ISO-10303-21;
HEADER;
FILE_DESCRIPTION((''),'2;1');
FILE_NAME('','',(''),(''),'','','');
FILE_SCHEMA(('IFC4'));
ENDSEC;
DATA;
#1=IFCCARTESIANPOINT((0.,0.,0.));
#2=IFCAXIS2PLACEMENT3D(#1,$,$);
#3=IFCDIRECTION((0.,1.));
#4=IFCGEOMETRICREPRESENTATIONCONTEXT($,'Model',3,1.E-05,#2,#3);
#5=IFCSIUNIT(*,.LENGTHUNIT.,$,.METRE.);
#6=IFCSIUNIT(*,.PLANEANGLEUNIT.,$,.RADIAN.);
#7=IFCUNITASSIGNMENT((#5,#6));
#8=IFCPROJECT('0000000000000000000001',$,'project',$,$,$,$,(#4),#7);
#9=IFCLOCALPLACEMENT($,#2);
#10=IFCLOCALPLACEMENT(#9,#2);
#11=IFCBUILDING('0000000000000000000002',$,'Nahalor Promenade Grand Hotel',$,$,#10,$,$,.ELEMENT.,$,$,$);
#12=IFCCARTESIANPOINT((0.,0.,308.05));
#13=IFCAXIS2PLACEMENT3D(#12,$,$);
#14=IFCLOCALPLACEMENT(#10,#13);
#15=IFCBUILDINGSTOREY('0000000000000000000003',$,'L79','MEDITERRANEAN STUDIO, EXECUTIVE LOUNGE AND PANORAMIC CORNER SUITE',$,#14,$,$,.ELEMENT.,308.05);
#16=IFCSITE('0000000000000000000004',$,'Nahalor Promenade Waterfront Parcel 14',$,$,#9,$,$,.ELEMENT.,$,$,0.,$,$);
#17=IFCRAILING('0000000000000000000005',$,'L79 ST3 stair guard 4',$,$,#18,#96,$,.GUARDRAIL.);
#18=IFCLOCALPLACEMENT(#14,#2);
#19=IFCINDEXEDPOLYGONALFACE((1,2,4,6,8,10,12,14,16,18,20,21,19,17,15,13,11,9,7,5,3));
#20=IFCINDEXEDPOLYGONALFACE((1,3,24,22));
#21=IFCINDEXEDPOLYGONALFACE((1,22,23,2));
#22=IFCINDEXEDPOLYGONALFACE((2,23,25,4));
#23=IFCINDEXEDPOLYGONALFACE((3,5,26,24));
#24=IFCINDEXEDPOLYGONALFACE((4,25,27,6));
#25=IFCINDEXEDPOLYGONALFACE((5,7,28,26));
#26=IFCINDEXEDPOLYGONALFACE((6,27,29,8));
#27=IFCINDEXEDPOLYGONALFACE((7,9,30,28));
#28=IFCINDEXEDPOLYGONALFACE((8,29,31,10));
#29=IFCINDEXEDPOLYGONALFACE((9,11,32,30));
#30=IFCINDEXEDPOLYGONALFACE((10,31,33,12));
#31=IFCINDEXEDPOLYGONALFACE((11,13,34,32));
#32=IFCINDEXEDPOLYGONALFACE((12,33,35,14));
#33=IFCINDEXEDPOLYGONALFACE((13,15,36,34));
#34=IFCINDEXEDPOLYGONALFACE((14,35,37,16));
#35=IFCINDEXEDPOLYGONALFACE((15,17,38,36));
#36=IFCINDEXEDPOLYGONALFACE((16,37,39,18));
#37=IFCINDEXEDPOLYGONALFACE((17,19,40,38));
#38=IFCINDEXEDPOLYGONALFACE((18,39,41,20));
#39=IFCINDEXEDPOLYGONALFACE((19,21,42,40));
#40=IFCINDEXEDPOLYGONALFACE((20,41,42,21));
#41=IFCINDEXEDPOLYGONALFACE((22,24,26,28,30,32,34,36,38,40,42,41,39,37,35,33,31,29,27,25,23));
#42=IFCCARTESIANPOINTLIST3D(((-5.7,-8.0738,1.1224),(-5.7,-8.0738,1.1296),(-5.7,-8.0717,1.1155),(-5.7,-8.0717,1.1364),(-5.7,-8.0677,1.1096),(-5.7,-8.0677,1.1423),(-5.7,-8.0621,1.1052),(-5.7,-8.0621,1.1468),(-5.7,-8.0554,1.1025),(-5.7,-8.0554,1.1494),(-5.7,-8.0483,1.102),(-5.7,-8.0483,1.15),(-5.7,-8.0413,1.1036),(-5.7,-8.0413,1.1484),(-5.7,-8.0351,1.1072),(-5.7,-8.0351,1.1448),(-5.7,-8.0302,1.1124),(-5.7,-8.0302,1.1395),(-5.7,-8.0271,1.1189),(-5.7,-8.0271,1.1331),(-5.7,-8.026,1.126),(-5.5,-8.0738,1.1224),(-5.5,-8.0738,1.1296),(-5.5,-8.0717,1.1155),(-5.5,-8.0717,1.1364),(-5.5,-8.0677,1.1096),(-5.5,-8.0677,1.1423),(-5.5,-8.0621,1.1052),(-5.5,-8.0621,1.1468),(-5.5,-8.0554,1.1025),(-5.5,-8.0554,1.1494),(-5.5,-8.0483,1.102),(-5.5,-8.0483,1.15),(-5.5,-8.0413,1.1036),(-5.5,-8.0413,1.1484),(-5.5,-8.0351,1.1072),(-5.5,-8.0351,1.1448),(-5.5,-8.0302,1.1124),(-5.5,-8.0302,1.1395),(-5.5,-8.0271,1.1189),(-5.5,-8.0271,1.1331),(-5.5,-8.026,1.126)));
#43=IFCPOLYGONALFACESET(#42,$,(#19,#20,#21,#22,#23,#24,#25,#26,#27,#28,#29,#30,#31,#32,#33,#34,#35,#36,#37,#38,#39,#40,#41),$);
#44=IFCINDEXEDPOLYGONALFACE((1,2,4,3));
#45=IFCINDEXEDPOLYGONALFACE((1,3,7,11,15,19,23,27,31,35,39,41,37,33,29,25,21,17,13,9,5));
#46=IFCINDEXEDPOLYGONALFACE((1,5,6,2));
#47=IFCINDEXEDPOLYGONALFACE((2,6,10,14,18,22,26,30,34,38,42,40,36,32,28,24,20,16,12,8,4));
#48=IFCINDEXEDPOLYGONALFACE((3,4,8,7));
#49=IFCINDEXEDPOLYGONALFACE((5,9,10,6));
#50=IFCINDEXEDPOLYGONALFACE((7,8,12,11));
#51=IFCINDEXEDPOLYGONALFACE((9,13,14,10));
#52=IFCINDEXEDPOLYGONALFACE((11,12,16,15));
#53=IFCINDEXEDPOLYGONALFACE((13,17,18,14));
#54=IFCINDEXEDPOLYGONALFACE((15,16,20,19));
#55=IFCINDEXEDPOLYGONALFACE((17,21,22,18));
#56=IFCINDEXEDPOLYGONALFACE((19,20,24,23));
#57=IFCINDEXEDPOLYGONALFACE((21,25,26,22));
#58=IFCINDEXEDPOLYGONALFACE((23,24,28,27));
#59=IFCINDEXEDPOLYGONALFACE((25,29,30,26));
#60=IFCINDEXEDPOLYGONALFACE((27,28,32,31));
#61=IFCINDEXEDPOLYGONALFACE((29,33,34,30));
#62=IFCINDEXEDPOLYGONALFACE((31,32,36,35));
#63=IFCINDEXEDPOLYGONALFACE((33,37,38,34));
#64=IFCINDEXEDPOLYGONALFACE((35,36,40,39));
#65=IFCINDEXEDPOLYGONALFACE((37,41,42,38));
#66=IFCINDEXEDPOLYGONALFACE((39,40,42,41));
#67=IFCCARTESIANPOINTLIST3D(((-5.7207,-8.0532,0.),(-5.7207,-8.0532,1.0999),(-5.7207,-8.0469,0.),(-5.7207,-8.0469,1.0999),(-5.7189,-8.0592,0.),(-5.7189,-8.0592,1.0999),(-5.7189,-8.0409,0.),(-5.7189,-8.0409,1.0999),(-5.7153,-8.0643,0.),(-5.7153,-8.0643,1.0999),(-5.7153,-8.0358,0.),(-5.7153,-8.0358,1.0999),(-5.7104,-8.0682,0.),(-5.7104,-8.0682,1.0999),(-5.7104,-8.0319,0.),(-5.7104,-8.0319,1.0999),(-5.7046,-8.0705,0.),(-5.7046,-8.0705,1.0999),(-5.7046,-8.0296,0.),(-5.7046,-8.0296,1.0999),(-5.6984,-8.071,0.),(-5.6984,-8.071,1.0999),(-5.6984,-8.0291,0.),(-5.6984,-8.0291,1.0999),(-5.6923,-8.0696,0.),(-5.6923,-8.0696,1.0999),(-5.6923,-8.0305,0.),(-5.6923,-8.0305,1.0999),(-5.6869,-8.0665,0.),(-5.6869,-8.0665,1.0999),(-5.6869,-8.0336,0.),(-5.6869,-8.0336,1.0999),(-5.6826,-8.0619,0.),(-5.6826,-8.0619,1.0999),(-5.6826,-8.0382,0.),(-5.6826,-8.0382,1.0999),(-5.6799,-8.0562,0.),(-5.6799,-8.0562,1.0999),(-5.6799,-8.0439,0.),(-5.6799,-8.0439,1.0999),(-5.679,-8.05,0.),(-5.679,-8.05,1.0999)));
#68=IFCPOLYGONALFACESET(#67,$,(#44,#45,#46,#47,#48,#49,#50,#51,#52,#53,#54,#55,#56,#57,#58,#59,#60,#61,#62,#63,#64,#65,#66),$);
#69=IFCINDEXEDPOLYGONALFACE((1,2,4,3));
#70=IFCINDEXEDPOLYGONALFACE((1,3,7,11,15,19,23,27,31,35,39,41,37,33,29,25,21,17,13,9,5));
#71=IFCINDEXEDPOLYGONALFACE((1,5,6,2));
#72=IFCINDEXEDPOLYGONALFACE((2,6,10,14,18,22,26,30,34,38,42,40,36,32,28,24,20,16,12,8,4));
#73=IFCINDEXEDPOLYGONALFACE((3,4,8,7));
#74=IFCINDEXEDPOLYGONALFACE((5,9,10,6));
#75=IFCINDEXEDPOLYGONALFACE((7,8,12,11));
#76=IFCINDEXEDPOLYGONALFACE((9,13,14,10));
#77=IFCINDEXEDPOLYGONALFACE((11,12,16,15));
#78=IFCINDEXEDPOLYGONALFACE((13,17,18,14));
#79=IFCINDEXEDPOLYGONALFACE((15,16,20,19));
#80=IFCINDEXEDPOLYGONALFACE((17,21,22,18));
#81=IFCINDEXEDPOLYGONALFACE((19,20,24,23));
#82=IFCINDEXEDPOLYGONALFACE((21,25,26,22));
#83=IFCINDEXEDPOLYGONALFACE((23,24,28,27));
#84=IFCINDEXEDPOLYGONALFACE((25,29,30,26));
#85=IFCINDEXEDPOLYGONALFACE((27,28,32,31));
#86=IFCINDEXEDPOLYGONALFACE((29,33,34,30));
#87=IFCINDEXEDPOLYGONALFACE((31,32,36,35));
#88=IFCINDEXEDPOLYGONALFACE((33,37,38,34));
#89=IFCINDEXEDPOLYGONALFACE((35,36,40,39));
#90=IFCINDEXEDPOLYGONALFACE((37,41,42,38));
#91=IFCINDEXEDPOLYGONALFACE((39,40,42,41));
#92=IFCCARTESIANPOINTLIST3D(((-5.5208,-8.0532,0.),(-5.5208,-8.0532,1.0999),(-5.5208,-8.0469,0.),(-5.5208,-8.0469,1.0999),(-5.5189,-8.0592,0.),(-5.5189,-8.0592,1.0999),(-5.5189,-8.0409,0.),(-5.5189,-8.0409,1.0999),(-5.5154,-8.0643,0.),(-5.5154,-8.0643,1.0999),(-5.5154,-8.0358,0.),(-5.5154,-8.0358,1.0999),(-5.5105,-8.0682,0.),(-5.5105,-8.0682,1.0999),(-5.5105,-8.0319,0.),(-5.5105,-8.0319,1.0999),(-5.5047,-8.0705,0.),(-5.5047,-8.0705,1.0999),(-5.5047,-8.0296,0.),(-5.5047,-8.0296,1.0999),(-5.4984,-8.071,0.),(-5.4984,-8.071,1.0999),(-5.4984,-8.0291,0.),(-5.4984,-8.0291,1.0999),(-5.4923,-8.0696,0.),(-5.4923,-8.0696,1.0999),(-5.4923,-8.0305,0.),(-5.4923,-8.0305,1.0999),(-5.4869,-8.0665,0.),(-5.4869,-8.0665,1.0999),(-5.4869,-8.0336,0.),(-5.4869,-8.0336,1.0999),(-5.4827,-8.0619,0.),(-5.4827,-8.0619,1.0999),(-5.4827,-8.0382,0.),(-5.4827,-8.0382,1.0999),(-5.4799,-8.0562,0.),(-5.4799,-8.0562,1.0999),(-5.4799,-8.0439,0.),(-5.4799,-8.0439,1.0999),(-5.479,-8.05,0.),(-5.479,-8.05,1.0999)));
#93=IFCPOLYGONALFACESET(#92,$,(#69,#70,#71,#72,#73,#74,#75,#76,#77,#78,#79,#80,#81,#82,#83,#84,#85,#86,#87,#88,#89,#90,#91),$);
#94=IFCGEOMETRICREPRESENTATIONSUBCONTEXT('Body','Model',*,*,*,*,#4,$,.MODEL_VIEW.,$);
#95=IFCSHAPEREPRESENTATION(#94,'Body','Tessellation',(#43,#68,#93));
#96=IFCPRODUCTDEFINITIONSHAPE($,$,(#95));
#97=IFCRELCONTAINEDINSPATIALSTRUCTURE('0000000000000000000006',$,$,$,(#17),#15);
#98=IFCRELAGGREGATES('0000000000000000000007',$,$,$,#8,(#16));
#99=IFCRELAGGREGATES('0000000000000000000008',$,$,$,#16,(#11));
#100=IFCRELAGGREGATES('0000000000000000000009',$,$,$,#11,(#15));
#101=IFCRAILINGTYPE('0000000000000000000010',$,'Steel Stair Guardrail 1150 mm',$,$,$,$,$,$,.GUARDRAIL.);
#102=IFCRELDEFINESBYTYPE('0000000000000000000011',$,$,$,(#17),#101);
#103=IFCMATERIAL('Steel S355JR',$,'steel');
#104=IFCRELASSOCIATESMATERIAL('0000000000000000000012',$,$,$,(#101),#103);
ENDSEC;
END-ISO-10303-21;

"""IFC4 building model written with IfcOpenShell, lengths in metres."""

from ifc_helpers import new_model, si_unit, direction, frame, origin, origin_2d, place, context, subcontext, project, spatial, circle, extrude, material, type_object, element, save


model = new_model("IFC4")

# Units and contexts
model_context = context("Model", 3, precision=1e-05, world=origin(), true_north=direction((0.0, 1.0)))
body_context = subcontext(model_context, "Body", "Model", "MODEL_VIEW")
ifc_project = project(units=[si_unit("LENGTHUNIT", "METRE"), si_unit("PLANEANGLEUNIT", "RADIAN")], contexts=[model_context])

# Site, building, storey
site_placement = place(None, origin())
site = spatial("IfcSite", under=ifc_project, at=site_placement, Name="Nahalor Promenade Waterfront Parcel 14", CompositionType="ELEMENT", RefElevation=0.0)
building_placement = place(site_placement, origin())
building = spatial("IfcBuilding", under=site, at=building_placement, Name="Nahalor Promenade Grand Hotel", CompositionType="ELEMENT")
storey_placement = place(building_placement, frame((0.0, 0.0, 308.05)))
storey = spatial("IfcBuildingStorey", under=building, at=storey_placement, Name="L79", Description="MEDITERRANEAN STUDIO, EXECUTIVE LOUNGE AND PANORAMIC CORNER SUITE", CompositionType="ELEMENT", Elevation=308.05)

# Shared definitions
ifc_material_1 = material(Name="Steel S355JR", Category="steel")

# Railing
railing_type_1 = type_object("IfcRailingType", Name="Steel Stair Guardrail 1150 mm", PredefinedType="GUARDRAIL", material=ifc_material_1)
railing_1_placement = place(storey_placement, frame((-5.7, -8.05, 0.0)))
element("IfcRailing", 1, at=railing_1_placement, inside=storey, type_object=railing_type_1, Name="L79 ST3 stair guard 4", PredefinedType="GUARDRAIL", context=body_context, shape_type="SweptSolid", body=[
    extrude(circle(Radius=0.024, at=origin_2d()), frame((0.0, 0.0, 1.126), z_axis=(1.0, 0.0, 0.0), x_axis=(0.0, 1.0, 0.0)), (0.0, 0.0, 1.0), 0.2),
    extrude(circle(Radius=0.021, at=origin_2d()), origin(), (0.0, 0.0, 1.0), 1.0999),
    extrude(circle(Radius=0.021, at=origin_2d()), frame((0.2, 0.0, 0.0)), (0.0, 0.0, 1.0), 1.0999),
])

save(model, "model.ifc")
